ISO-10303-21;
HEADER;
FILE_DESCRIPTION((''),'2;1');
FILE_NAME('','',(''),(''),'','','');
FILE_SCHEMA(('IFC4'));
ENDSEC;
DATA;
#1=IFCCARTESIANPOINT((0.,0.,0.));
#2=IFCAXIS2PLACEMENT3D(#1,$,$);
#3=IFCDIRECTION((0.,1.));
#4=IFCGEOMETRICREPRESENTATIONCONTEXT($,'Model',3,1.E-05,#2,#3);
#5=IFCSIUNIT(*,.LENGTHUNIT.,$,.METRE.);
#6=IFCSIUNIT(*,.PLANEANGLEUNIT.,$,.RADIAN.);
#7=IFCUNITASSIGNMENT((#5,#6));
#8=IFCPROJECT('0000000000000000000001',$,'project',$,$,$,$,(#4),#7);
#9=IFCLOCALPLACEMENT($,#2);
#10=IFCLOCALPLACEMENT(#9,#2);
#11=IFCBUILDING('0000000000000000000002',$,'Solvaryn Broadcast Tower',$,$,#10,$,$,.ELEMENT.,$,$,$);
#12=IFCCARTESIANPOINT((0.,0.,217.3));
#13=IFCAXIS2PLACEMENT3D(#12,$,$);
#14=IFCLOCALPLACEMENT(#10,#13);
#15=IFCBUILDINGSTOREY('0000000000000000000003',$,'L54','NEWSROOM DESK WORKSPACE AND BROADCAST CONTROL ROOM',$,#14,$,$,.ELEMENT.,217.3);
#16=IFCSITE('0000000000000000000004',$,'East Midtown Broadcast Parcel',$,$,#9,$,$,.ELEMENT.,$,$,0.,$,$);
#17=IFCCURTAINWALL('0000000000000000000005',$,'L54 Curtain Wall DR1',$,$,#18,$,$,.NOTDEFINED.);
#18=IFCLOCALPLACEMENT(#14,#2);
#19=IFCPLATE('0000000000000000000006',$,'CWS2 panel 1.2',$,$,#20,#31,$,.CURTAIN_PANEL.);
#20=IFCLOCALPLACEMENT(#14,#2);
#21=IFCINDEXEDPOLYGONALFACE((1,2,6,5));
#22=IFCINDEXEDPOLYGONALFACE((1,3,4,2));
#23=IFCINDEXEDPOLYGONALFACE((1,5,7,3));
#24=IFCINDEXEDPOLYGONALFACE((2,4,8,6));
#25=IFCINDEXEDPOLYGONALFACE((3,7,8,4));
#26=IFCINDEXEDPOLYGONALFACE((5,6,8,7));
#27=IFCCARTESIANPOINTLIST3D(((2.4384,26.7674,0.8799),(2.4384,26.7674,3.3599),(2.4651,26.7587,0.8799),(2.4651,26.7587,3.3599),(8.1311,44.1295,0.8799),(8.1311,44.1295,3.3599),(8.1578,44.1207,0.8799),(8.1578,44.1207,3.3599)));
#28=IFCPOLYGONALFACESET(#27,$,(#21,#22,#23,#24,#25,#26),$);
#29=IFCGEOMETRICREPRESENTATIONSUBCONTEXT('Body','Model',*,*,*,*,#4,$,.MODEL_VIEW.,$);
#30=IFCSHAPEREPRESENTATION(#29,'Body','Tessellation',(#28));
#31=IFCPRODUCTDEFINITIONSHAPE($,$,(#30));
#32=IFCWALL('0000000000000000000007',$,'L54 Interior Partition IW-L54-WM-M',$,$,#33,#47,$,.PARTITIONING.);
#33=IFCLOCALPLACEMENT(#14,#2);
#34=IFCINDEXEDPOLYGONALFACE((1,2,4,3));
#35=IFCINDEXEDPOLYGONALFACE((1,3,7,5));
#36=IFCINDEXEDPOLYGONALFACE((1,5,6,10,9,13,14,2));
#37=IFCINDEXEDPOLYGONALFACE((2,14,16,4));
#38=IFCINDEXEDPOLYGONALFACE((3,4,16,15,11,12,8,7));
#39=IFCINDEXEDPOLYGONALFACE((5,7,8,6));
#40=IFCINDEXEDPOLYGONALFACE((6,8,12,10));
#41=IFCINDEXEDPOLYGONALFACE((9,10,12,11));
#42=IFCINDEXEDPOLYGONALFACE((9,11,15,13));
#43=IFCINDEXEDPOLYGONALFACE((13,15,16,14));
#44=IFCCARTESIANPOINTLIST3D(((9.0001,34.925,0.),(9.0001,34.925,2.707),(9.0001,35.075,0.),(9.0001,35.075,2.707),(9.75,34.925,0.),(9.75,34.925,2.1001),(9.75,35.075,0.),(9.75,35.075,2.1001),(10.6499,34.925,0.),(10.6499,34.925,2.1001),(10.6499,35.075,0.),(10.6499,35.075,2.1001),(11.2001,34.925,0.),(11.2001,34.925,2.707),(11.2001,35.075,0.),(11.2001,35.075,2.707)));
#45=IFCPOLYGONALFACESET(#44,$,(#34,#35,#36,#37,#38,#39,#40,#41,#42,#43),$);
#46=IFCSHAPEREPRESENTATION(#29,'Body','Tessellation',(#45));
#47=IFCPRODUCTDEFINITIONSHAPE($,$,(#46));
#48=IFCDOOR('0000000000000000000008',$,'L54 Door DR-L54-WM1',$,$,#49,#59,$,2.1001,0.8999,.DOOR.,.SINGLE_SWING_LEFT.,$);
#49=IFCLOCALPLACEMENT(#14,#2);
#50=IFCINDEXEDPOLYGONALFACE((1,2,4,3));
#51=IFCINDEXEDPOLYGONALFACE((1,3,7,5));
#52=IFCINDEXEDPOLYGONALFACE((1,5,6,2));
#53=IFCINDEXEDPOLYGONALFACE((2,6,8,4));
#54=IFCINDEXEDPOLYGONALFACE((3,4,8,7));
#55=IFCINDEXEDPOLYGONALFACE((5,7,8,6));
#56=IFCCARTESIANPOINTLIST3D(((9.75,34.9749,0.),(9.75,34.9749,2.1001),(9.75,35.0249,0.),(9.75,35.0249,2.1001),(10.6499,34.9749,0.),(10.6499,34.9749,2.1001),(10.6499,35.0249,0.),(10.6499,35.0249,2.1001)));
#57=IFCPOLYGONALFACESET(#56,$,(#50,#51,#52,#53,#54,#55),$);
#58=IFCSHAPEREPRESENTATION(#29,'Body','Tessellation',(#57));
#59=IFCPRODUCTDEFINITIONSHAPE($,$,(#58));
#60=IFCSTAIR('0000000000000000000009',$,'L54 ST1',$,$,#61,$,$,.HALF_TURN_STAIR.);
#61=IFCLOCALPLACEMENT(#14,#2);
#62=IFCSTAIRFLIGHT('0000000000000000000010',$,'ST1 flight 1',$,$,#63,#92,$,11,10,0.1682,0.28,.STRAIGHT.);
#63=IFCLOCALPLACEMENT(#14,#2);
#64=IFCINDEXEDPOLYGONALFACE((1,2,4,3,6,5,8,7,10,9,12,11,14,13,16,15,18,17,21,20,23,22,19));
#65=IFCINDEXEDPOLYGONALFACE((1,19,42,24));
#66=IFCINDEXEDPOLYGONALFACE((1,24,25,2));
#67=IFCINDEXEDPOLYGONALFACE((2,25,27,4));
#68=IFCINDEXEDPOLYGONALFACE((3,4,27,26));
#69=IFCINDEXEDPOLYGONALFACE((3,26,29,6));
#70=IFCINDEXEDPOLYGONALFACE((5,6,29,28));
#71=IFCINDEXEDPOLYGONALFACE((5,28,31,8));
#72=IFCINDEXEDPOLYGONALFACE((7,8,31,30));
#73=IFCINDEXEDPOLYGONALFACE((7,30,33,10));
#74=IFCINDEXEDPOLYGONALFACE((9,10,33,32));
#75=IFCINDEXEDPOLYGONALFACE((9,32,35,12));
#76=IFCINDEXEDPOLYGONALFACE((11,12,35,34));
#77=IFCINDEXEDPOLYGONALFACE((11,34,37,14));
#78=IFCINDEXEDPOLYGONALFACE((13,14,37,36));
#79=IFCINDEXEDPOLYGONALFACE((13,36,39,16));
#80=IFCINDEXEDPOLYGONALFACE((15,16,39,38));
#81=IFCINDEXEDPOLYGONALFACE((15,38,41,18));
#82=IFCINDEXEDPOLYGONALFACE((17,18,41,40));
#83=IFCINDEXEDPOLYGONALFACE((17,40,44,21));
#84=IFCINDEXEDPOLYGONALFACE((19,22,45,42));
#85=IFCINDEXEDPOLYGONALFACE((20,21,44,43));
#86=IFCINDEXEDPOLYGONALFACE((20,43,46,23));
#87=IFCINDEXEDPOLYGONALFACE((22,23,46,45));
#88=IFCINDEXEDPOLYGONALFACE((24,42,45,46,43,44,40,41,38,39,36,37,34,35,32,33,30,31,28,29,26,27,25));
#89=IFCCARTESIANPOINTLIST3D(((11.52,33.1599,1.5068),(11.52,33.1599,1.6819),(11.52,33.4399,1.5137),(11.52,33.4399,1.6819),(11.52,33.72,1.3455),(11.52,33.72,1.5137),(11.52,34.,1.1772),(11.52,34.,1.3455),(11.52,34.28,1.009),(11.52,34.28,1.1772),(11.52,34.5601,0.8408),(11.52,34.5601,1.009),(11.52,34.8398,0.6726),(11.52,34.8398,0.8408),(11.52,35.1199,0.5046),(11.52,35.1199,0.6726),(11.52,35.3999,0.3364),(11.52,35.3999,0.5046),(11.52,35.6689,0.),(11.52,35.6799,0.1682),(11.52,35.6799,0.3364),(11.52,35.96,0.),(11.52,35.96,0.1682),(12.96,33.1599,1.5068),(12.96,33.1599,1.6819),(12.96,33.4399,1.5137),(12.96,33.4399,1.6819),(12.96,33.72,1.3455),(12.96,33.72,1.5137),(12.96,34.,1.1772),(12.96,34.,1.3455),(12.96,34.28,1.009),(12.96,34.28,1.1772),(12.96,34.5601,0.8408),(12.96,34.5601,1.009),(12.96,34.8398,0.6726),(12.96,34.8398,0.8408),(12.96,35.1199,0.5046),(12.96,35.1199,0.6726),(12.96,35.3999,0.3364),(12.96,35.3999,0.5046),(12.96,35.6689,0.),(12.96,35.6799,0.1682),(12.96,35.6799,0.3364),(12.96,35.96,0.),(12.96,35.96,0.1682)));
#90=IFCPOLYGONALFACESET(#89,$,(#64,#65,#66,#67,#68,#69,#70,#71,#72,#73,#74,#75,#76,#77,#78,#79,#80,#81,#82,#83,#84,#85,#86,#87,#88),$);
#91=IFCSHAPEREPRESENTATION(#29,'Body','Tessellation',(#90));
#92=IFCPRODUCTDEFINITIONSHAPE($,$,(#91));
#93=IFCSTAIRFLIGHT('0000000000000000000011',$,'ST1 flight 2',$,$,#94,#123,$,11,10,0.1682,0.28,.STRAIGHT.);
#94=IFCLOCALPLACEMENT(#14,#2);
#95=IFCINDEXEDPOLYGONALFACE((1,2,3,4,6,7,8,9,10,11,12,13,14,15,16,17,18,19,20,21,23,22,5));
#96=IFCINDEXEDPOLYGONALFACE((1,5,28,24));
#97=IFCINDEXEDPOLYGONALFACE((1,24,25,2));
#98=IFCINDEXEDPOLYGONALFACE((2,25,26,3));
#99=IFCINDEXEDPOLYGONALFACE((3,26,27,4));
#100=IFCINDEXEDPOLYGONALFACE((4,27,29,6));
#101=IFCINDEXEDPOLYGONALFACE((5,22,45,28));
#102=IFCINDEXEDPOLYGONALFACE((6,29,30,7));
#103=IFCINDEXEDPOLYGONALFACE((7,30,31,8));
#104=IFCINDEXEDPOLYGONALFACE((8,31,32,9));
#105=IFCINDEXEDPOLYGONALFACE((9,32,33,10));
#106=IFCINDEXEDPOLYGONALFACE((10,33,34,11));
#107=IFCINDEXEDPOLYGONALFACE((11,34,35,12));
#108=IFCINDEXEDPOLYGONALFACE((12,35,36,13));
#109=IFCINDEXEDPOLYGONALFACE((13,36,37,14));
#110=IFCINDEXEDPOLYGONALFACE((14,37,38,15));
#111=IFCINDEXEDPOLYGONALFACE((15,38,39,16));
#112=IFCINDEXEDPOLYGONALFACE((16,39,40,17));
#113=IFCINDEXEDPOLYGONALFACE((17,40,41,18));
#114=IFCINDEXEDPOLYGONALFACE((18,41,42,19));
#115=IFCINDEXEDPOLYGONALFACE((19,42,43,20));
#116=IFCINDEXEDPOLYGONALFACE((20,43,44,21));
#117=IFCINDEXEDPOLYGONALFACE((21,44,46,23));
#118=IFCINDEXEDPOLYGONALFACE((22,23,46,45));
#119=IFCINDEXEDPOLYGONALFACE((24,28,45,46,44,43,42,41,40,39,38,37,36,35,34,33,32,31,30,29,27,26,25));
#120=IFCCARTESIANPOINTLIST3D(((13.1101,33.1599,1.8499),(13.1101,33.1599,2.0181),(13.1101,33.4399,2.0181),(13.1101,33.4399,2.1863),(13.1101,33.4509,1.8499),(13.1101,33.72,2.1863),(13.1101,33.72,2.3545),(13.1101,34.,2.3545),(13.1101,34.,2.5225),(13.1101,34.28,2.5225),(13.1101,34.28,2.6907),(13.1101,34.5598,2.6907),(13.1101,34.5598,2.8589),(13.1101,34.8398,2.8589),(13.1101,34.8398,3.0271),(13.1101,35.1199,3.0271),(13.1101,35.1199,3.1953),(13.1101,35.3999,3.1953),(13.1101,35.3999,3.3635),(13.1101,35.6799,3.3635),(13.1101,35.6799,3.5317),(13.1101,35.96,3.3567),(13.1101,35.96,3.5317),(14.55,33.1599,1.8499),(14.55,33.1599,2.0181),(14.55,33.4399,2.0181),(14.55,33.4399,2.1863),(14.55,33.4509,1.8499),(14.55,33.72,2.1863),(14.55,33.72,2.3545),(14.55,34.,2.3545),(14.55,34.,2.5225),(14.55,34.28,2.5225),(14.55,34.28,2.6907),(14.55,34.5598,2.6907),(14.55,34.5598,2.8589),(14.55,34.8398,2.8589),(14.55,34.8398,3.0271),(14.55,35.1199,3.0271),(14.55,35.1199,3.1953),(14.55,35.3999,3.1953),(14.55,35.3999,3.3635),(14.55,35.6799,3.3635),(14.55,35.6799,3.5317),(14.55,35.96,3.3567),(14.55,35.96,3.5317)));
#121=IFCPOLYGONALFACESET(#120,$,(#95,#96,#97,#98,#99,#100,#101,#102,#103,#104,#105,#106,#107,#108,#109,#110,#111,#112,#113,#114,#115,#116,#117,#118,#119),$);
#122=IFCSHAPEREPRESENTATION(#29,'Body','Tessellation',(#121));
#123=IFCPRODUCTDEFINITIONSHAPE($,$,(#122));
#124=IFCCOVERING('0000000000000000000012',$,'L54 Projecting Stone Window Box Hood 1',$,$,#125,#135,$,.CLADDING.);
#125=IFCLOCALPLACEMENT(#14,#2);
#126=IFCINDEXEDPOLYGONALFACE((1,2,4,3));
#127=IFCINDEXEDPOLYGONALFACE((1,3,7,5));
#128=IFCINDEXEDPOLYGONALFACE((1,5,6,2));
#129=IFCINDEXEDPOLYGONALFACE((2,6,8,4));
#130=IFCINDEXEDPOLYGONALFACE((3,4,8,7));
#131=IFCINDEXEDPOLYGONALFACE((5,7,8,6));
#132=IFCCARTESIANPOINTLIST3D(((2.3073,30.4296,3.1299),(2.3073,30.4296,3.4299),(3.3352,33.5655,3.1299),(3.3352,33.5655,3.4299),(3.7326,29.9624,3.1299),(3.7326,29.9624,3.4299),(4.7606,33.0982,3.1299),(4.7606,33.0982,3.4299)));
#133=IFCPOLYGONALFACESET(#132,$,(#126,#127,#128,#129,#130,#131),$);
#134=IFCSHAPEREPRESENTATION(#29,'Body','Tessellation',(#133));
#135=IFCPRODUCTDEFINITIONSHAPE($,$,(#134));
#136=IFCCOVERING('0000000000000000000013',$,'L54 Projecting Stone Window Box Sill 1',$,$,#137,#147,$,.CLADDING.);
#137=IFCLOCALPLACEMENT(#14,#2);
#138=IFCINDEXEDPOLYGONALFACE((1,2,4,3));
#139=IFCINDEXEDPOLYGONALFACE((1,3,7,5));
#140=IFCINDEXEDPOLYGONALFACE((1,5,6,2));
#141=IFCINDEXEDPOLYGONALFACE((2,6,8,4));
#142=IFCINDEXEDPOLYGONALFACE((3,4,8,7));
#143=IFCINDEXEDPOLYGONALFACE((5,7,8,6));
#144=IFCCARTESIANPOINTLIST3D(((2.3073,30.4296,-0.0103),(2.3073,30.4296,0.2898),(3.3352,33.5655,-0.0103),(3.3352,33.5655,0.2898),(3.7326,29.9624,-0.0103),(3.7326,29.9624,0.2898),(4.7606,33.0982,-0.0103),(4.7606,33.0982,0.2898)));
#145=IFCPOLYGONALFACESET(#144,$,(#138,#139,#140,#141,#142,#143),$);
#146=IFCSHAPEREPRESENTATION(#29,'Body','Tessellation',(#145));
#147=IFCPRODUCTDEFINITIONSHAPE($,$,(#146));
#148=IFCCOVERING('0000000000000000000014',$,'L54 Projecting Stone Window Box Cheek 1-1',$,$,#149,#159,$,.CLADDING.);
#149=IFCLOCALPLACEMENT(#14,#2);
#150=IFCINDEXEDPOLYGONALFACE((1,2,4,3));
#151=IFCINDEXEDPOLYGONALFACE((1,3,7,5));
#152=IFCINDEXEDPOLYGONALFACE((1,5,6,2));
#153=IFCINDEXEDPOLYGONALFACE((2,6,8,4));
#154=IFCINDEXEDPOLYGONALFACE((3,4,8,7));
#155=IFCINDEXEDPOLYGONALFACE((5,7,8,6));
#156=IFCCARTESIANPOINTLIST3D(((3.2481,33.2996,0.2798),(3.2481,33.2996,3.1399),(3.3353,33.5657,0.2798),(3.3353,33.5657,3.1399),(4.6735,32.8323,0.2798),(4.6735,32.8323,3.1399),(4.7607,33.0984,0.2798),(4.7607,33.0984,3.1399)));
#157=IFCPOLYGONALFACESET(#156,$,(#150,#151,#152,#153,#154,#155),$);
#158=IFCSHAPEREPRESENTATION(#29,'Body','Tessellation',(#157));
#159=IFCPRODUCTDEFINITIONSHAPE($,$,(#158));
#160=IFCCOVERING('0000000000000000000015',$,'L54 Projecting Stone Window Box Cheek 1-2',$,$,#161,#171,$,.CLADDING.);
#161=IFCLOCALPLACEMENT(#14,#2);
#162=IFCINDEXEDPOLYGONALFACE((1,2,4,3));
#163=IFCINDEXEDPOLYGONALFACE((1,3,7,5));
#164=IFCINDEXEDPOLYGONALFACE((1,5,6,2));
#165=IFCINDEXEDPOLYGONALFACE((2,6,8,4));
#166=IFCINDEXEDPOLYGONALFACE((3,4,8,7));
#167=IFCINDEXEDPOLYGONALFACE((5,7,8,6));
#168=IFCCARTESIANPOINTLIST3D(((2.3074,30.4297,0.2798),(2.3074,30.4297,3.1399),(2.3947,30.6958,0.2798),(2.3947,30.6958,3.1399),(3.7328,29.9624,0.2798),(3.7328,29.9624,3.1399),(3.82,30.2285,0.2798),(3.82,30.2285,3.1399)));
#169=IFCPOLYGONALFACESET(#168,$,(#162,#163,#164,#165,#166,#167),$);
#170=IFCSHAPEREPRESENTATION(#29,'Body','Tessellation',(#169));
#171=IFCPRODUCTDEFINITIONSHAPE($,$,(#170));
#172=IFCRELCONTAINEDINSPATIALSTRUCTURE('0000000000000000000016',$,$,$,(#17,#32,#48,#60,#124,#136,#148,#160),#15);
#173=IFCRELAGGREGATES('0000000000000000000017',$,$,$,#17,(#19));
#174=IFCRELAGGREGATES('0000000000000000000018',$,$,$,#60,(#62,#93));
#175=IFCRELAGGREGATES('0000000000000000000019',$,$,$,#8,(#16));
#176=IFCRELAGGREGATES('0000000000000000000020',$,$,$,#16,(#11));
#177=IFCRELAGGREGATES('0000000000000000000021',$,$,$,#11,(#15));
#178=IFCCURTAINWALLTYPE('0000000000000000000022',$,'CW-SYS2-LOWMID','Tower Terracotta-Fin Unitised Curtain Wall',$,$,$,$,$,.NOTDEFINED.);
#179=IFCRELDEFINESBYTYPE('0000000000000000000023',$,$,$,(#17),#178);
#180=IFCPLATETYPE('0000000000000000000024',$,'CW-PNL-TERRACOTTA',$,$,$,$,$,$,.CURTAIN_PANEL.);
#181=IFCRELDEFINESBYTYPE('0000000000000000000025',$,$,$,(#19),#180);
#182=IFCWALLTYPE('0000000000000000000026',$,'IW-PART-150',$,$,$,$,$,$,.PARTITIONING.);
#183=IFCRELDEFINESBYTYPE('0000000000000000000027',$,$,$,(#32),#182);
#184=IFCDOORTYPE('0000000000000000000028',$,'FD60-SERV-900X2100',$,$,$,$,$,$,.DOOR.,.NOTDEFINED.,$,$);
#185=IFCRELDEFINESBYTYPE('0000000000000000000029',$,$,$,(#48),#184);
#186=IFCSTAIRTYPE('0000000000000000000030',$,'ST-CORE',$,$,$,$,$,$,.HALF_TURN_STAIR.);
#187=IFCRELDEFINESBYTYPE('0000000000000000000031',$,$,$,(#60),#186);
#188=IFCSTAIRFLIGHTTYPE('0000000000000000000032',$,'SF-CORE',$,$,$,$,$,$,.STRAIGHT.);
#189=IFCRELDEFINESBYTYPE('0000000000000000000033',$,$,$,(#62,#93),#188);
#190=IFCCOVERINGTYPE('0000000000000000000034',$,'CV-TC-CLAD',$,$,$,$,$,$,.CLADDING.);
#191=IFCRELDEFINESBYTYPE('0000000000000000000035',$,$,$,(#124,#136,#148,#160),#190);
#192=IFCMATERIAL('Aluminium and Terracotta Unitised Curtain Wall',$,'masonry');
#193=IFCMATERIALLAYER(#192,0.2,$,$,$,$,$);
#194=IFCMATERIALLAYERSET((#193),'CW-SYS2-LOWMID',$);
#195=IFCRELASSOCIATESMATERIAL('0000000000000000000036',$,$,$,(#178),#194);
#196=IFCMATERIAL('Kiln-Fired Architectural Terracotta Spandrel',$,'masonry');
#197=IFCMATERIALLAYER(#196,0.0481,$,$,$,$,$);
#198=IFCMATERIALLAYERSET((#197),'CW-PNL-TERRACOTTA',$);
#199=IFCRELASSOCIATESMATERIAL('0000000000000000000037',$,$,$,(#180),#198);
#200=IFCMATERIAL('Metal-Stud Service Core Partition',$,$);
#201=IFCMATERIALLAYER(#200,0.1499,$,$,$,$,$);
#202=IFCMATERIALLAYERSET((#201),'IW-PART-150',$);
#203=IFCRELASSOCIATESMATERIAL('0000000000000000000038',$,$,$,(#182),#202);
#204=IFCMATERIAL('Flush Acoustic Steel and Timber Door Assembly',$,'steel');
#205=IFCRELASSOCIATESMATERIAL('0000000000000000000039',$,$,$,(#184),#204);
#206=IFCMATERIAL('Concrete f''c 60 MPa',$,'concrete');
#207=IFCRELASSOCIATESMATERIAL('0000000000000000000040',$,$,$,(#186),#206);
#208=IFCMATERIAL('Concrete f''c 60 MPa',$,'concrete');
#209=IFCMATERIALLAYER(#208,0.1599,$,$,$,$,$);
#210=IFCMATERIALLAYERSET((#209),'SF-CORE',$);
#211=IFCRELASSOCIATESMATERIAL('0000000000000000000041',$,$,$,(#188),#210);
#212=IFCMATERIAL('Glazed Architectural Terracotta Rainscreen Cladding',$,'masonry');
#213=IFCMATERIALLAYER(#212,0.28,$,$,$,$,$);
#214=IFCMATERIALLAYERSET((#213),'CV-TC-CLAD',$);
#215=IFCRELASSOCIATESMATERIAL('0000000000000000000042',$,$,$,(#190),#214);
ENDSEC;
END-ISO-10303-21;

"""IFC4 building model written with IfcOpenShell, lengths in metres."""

from ifc_helpers import new_model, si_unit, direction, frame, frame_2d, origin, origin_2d, place, context, subcontext, project, spatial, polyline, rectangle, outline, extrude, material, layer, layer_set, type_object, element, fill, aggregate, save


model = new_model("IFC4")

# Units and contexts
model_context = context("Model", 3, precision=1e-05, world=origin(), true_north=direction((0.0, 1.0)))
body_context = subcontext(model_context, "Body", "Model", "MODEL_VIEW")
ifc_project = project(units=[si_unit("LENGTHUNIT", "METRE"), si_unit("PLANEANGLEUNIT", "RADIAN")], contexts=[model_context])

# Site, building, storey
site_placement = place(None, origin())
site = spatial("IfcSite", under=ifc_project, at=site_placement, Name="East Midtown Broadcast Parcel", CompositionType="ELEMENT", RefElevation=0.0)
building_placement = place(site_placement, origin())
building = spatial("IfcBuilding", under=site, at=building_placement, Name="Solvaryn Broadcast Tower", CompositionType="ELEMENT")
storey_placement = place(building_placement, frame((0.0, 0.0, 217.3)))
storey = spatial("IfcBuildingStorey", under=building, at=storey_placement, Name="L54", Description="NEWSROOM DESK WORKSPACE AND BROADCAST CONTROL ROOM", CompositionType="ELEMENT", Elevation=217.3)

# Curtain wall, plate
ifc_material_1 = material(Name="Aluminium and Terracotta Unitised Curtain Wall", Category="masonry")
ifc_layer_1 = layer(ifc_material_1, 0.2)
ifc_layer_set_1 = layer_set([ifc_layer_1], Name="CW-SYS2-LOWMID")
curtain_wall_type = type_object("IfcCurtainWallType", Name="CW-SYS2-LOWMID", Description="Tower Terracotta-Fin Unitised Curtain Wall", PredefinedType="NOTDEFINED", material=ifc_layer_set_1)
curtain_wall_placement = place(storey_placement, origin())
curtain_wall = element("IfcCurtainWall", 1, at=curtain_wall_placement, inside=storey, type_object=curtain_wall_type, Name="L54 Curtain Wall DR1", PredefinedType="NOTDEFINED")
ifc_material_2 = material(Name="Kiln-Fired Architectural Terracotta Spandrel", Category="masonry")
ifc_layer_2 = layer(ifc_material_2, 0.0481)
ifc_layer_set_2 = layer_set([ifc_layer_2], Name="CW-PNL-TERRACOTTA")
plate_type = type_object("IfcPlateType", Name="CW-PNL-TERRACOTTA", PredefinedType="CURTAIN_PANEL", material=ifc_layer_set_2)
plate_1_placement = place(storey_placement, frame((5.2981, 35.4441, 0.8799), z_axis=(0.0, 0.0, 1.0), x_axis=(-0.311559, -0.950227, 0.0)))
plate_1 = element("IfcPlate", 2, at=plate_1_placement, type_object=plate_type, Name="CWS2 panel 1.2", PredefinedType="CURTAIN_PANEL", context=body_context, shape_type="SweptSolid", body=[
    extrude(rectangle(XDim=18.2715, YDim=0.0281, at=origin_2d()), origin(), (0.0, 0.0, 1.0), 2.48),
])
aggregate(curtain_wall, [plate_1])

# Wall, opening, door
ifc_material_3 = material(Name="Metal-Stud Service Core Partition")
ifc_layer_3 = layer(ifc_material_3, 0.1499)
ifc_layer_set_3 = layer_set([ifc_layer_3], Name="IW-PART-150")
wall_type = type_object("IfcWallType", Name="IW-PART-150", PredefinedType="PARTITIONING", material=ifc_layer_set_3)
wall_placement = place(storey_placement, frame((9.0, 35.0, 0.0), z_axis=(0.0, 0.0, 1.0), x_axis=(1.0, 0.0, 0.0)))
wall = element("IfcWall", 3, at=wall_placement, inside=storey, type_object=wall_type, Name="L54 Interior Partition IW-L54-WM-M", PredefinedType="PARTITIONING", context=body_context, shape_type="SweptSolid", body=[
    extrude(rectangle(XDim=2.2, YDim=0.1499, at=frame_2d((1.1001, 0.0))), origin(), (0.0, 0.0, 1.0), 2.707),
])
opening_placement = place(wall_placement, frame((0.75, 0.0, 0.0)))
opening = element("IfcOpeningElement", 4, at=opening_placement, cuts=wall, PredefinedType="OPENING", context=body_context, shape_type="SweptSolid", body=[
    extrude(rectangle(XDim=0.8999, YDim=2.1001, at=frame_2d((0.45, 1.05))), frame((0.0, 0.085, 0.0), z_axis=(0.0, -1.0, 0.0), x_axis=(1.0, 0.0, 0.0)), (0.0, 0.0, 1.0), 0.1699),
])
ifc_material_4 = material(Name="Flush Acoustic Steel and Timber Door Assembly", Category="steel")
door_type = type_object("IfcDoorType", Name="FD60-SERV-900X2100", OperationType="NOTDEFINED", PredefinedType="DOOR", material=ifc_material_4)
door_placement = place(opening_placement, origin())
door = element("IfcDoor", 5, at=door_placement, inside=storey, type_object=door_type, Name="L54 Door DR-L54-WM1", OperationType="SINGLE_SWING_LEFT", OverallHeight=2.1001, OverallWidth=0.8999, PredefinedType="DOOR", context=body_context, shape_type="SweptSolid", body=[
    extrude(rectangle(XDim=0.8999, YDim=2.1001, at=frame_2d((0.45, 1.05))), frame((0.0, 0.0249, 0.0), z_axis=(0.0, -1.0, 0.0), x_axis=(1.0, 0.0, 0.0)), (0.0, 0.0, 1.0), 0.05),
])
fill(opening, door)

# Stair, stair flights
ifc_material_5 = material(Name="Concrete f'c 60 MPa", Category="concrete")
stair_type = type_object("IfcStairType", Name="ST-CORE", PredefinedType="HALF_TURN_STAIR", material=ifc_material_5)
stair_placement = place(storey_placement, origin())
stair = element("IfcStair", 6, at=stair_placement, inside=storey, type_object=stair_type, Name="L54 ST1", PredefinedType="HALF_TURN_STAIR")
ifc_material_6 = material(Name="Concrete f'c 60 MPa", Category="concrete")
ifc_layer_4 = layer(ifc_material_6, 0.1599)
ifc_layer_set_4 = layer_set([ifc_layer_4], Name="SF-CORE")
stair_flight_type = type_object("IfcStairFlightType", Name="SF-CORE", PredefinedType="STRAIGHT", material=ifc_layer_set_4)
stair_flight_1_placement = place(storey_placement, frame((12.24, 35.96, 0.0), z_axis=(0.0, 0.0, 1.0), x_axis=(0.0, -1.0, 0.0)))
stair_flight_1 = element("IfcStairFlight", 7, at=stair_flight_1_placement, type_object=stair_flight_type, Name="ST1 flight 1", NumberOfRisers=11, NumberOfTreads=10, PredefinedType="STRAIGHT", RiserHeight=0.1682, TreadLength=0.28, context=body_context, shape_type="SweptSolid", body=[
    extrude(outline(polyline([(0.0, 0.0), (0.0, 0.1682), (0.28, 0.1682), (0.28, 0.3364), (0.5601, 0.3364), (0.5601, 0.5046), (0.8401, 0.5046), (0.8401, 0.6726), (1.1201, 0.6726), (1.1201, 0.8408), (1.3999, 0.8408), (1.3999, 1.009), (1.6799, 1.009), (1.6799, 1.1772), (1.96, 1.1772), (1.96, 1.3455), (2.24, 1.3455), (2.24, 1.5137), (2.52, 1.5137), (2.52, 1.6819), (2.8, 1.6819), (2.8, 1.8501), (2.8, 1.5068), (0.291, 0.0), (0.0, 0.0)])), frame((0.0, 0.72, 0.0), z_axis=(0.0, -1.0, 0.0), x_axis=(1.0, 0.0, 0.0)), (0.0, 0.0, 1.0), 1.4399),
])
stair_flight_2_placement = place(storey_placement, frame((13.8301, 33.1599, 1.8499), z_axis=(0.0, 0.0, 1.0), x_axis=(0.0, 1.0, 0.0)))
stair_flight_2 = element("IfcStairFlight", 8, at=stair_flight_2_placement, type_object=stair_flight_type, Name="ST1 flight 2", NumberOfRisers=11, NumberOfTreads=10, PredefinedType="STRAIGHT", RiserHeight=0.1682, TreadLength=0.28, context=body_context, shape_type="SweptSolid", body=[
    extrude(outline(polyline([(0.0, 0.0), (0.0, 0.1682), (0.28, 0.1682), (0.28, 0.3364), (0.5601, 0.3364), (0.5601, 0.5046), (0.8401, 0.5046), (0.8401, 0.6726), (1.1201, 0.6726), (1.1201, 0.8408), (1.3999, 0.8408), (1.3999, 1.009), (1.6799, 1.009), (1.6799, 1.1772), (1.96, 1.1772), (1.96, 1.3455), (2.24, 1.3455), (2.24, 1.5137), (2.52, 1.5137), (2.52, 1.6819), (2.8, 1.6819), (2.8, 1.8501), (2.8, 1.5068), (0.291, 0.0), (0.0, 0.0)])), frame((0.0, 0.72, 0.0), z_axis=(0.0, -1.0, 0.0), x_axis=(1.0, 0.0, 0.0)), (0.0, 0.0, 1.0), 1.4399),
])
aggregate(stair, [stair_flight_1, stair_flight_2])

# Coverings
ifc_material_7 = material(Name="Glazed Architectural Terracotta Rainscreen Cladding", Category="masonry")
ifc_layer_5 = layer(ifc_material_7, 0.28)
ifc_layer_set_5 = layer_set([ifc_layer_5], Name="CV-TC-CLAD")
covering_type = type_object("IfcCoveringType", Name="CV-TC-CLAD", PredefinedType="CLADDING", material=ifc_layer_set_5)
for number, where, z_axis, x_axis, name in (
    (9, (3.5339, 31.7639, 3.1299), (0.0, 0.0, 1.0), (-0.311506, -0.950244, 0.0), "L54 Projecting Stone Window Box Hood 1"),
    (10, (3.5339, 31.7639, -0.0103), (0.0, 0.0, 1.0), (-0.311506, -0.950244, 0.0), "L54 Projecting Stone Window Box Sill 1"),
):
    element("IfcCovering", number, at=place(storey_placement, frame(where, z_axis=z_axis, x_axis=x_axis)), inside=storey, type_object=covering_type, Name=name, PredefinedType="CLADDING", context=body_context, shape_type="SweptSolid", body=[
        extrude(rectangle(XDim=3.3, YDim=1.5, at=origin_2d()), origin(), (0.0, 0.0, 1.0), 0.3),
    ])
for number, where, z_axis, x_axis, name in (
    (11, (4.0044, 33.199, 0.2798), (0.0, 0.0, 1.0), (-0.311506, -0.950244, 0.0), "L54 Projecting Stone Window Box Cheek 1-1"),
    (12, (3.0637, 30.3291, 0.2798), (0.0, 0.0, 1.0), (-0.311506, -0.950244, 0.0), "L54 Projecting Stone Window Box Cheek 1-2"),
):
    element("IfcCovering", number, at=place(storey_placement, frame(where, z_axis=z_axis, x_axis=x_axis)), inside=storey, type_object=covering_type, Name=name, PredefinedType="CLADDING", context=body_context, shape_type="SweptSolid", body=[
        extrude(rectangle(XDim=0.28, YDim=1.5, at=origin_2d()), origin(), (0.0, 0.0, 1.0), 2.8601),
    ])

save(model, "model.ifc")
